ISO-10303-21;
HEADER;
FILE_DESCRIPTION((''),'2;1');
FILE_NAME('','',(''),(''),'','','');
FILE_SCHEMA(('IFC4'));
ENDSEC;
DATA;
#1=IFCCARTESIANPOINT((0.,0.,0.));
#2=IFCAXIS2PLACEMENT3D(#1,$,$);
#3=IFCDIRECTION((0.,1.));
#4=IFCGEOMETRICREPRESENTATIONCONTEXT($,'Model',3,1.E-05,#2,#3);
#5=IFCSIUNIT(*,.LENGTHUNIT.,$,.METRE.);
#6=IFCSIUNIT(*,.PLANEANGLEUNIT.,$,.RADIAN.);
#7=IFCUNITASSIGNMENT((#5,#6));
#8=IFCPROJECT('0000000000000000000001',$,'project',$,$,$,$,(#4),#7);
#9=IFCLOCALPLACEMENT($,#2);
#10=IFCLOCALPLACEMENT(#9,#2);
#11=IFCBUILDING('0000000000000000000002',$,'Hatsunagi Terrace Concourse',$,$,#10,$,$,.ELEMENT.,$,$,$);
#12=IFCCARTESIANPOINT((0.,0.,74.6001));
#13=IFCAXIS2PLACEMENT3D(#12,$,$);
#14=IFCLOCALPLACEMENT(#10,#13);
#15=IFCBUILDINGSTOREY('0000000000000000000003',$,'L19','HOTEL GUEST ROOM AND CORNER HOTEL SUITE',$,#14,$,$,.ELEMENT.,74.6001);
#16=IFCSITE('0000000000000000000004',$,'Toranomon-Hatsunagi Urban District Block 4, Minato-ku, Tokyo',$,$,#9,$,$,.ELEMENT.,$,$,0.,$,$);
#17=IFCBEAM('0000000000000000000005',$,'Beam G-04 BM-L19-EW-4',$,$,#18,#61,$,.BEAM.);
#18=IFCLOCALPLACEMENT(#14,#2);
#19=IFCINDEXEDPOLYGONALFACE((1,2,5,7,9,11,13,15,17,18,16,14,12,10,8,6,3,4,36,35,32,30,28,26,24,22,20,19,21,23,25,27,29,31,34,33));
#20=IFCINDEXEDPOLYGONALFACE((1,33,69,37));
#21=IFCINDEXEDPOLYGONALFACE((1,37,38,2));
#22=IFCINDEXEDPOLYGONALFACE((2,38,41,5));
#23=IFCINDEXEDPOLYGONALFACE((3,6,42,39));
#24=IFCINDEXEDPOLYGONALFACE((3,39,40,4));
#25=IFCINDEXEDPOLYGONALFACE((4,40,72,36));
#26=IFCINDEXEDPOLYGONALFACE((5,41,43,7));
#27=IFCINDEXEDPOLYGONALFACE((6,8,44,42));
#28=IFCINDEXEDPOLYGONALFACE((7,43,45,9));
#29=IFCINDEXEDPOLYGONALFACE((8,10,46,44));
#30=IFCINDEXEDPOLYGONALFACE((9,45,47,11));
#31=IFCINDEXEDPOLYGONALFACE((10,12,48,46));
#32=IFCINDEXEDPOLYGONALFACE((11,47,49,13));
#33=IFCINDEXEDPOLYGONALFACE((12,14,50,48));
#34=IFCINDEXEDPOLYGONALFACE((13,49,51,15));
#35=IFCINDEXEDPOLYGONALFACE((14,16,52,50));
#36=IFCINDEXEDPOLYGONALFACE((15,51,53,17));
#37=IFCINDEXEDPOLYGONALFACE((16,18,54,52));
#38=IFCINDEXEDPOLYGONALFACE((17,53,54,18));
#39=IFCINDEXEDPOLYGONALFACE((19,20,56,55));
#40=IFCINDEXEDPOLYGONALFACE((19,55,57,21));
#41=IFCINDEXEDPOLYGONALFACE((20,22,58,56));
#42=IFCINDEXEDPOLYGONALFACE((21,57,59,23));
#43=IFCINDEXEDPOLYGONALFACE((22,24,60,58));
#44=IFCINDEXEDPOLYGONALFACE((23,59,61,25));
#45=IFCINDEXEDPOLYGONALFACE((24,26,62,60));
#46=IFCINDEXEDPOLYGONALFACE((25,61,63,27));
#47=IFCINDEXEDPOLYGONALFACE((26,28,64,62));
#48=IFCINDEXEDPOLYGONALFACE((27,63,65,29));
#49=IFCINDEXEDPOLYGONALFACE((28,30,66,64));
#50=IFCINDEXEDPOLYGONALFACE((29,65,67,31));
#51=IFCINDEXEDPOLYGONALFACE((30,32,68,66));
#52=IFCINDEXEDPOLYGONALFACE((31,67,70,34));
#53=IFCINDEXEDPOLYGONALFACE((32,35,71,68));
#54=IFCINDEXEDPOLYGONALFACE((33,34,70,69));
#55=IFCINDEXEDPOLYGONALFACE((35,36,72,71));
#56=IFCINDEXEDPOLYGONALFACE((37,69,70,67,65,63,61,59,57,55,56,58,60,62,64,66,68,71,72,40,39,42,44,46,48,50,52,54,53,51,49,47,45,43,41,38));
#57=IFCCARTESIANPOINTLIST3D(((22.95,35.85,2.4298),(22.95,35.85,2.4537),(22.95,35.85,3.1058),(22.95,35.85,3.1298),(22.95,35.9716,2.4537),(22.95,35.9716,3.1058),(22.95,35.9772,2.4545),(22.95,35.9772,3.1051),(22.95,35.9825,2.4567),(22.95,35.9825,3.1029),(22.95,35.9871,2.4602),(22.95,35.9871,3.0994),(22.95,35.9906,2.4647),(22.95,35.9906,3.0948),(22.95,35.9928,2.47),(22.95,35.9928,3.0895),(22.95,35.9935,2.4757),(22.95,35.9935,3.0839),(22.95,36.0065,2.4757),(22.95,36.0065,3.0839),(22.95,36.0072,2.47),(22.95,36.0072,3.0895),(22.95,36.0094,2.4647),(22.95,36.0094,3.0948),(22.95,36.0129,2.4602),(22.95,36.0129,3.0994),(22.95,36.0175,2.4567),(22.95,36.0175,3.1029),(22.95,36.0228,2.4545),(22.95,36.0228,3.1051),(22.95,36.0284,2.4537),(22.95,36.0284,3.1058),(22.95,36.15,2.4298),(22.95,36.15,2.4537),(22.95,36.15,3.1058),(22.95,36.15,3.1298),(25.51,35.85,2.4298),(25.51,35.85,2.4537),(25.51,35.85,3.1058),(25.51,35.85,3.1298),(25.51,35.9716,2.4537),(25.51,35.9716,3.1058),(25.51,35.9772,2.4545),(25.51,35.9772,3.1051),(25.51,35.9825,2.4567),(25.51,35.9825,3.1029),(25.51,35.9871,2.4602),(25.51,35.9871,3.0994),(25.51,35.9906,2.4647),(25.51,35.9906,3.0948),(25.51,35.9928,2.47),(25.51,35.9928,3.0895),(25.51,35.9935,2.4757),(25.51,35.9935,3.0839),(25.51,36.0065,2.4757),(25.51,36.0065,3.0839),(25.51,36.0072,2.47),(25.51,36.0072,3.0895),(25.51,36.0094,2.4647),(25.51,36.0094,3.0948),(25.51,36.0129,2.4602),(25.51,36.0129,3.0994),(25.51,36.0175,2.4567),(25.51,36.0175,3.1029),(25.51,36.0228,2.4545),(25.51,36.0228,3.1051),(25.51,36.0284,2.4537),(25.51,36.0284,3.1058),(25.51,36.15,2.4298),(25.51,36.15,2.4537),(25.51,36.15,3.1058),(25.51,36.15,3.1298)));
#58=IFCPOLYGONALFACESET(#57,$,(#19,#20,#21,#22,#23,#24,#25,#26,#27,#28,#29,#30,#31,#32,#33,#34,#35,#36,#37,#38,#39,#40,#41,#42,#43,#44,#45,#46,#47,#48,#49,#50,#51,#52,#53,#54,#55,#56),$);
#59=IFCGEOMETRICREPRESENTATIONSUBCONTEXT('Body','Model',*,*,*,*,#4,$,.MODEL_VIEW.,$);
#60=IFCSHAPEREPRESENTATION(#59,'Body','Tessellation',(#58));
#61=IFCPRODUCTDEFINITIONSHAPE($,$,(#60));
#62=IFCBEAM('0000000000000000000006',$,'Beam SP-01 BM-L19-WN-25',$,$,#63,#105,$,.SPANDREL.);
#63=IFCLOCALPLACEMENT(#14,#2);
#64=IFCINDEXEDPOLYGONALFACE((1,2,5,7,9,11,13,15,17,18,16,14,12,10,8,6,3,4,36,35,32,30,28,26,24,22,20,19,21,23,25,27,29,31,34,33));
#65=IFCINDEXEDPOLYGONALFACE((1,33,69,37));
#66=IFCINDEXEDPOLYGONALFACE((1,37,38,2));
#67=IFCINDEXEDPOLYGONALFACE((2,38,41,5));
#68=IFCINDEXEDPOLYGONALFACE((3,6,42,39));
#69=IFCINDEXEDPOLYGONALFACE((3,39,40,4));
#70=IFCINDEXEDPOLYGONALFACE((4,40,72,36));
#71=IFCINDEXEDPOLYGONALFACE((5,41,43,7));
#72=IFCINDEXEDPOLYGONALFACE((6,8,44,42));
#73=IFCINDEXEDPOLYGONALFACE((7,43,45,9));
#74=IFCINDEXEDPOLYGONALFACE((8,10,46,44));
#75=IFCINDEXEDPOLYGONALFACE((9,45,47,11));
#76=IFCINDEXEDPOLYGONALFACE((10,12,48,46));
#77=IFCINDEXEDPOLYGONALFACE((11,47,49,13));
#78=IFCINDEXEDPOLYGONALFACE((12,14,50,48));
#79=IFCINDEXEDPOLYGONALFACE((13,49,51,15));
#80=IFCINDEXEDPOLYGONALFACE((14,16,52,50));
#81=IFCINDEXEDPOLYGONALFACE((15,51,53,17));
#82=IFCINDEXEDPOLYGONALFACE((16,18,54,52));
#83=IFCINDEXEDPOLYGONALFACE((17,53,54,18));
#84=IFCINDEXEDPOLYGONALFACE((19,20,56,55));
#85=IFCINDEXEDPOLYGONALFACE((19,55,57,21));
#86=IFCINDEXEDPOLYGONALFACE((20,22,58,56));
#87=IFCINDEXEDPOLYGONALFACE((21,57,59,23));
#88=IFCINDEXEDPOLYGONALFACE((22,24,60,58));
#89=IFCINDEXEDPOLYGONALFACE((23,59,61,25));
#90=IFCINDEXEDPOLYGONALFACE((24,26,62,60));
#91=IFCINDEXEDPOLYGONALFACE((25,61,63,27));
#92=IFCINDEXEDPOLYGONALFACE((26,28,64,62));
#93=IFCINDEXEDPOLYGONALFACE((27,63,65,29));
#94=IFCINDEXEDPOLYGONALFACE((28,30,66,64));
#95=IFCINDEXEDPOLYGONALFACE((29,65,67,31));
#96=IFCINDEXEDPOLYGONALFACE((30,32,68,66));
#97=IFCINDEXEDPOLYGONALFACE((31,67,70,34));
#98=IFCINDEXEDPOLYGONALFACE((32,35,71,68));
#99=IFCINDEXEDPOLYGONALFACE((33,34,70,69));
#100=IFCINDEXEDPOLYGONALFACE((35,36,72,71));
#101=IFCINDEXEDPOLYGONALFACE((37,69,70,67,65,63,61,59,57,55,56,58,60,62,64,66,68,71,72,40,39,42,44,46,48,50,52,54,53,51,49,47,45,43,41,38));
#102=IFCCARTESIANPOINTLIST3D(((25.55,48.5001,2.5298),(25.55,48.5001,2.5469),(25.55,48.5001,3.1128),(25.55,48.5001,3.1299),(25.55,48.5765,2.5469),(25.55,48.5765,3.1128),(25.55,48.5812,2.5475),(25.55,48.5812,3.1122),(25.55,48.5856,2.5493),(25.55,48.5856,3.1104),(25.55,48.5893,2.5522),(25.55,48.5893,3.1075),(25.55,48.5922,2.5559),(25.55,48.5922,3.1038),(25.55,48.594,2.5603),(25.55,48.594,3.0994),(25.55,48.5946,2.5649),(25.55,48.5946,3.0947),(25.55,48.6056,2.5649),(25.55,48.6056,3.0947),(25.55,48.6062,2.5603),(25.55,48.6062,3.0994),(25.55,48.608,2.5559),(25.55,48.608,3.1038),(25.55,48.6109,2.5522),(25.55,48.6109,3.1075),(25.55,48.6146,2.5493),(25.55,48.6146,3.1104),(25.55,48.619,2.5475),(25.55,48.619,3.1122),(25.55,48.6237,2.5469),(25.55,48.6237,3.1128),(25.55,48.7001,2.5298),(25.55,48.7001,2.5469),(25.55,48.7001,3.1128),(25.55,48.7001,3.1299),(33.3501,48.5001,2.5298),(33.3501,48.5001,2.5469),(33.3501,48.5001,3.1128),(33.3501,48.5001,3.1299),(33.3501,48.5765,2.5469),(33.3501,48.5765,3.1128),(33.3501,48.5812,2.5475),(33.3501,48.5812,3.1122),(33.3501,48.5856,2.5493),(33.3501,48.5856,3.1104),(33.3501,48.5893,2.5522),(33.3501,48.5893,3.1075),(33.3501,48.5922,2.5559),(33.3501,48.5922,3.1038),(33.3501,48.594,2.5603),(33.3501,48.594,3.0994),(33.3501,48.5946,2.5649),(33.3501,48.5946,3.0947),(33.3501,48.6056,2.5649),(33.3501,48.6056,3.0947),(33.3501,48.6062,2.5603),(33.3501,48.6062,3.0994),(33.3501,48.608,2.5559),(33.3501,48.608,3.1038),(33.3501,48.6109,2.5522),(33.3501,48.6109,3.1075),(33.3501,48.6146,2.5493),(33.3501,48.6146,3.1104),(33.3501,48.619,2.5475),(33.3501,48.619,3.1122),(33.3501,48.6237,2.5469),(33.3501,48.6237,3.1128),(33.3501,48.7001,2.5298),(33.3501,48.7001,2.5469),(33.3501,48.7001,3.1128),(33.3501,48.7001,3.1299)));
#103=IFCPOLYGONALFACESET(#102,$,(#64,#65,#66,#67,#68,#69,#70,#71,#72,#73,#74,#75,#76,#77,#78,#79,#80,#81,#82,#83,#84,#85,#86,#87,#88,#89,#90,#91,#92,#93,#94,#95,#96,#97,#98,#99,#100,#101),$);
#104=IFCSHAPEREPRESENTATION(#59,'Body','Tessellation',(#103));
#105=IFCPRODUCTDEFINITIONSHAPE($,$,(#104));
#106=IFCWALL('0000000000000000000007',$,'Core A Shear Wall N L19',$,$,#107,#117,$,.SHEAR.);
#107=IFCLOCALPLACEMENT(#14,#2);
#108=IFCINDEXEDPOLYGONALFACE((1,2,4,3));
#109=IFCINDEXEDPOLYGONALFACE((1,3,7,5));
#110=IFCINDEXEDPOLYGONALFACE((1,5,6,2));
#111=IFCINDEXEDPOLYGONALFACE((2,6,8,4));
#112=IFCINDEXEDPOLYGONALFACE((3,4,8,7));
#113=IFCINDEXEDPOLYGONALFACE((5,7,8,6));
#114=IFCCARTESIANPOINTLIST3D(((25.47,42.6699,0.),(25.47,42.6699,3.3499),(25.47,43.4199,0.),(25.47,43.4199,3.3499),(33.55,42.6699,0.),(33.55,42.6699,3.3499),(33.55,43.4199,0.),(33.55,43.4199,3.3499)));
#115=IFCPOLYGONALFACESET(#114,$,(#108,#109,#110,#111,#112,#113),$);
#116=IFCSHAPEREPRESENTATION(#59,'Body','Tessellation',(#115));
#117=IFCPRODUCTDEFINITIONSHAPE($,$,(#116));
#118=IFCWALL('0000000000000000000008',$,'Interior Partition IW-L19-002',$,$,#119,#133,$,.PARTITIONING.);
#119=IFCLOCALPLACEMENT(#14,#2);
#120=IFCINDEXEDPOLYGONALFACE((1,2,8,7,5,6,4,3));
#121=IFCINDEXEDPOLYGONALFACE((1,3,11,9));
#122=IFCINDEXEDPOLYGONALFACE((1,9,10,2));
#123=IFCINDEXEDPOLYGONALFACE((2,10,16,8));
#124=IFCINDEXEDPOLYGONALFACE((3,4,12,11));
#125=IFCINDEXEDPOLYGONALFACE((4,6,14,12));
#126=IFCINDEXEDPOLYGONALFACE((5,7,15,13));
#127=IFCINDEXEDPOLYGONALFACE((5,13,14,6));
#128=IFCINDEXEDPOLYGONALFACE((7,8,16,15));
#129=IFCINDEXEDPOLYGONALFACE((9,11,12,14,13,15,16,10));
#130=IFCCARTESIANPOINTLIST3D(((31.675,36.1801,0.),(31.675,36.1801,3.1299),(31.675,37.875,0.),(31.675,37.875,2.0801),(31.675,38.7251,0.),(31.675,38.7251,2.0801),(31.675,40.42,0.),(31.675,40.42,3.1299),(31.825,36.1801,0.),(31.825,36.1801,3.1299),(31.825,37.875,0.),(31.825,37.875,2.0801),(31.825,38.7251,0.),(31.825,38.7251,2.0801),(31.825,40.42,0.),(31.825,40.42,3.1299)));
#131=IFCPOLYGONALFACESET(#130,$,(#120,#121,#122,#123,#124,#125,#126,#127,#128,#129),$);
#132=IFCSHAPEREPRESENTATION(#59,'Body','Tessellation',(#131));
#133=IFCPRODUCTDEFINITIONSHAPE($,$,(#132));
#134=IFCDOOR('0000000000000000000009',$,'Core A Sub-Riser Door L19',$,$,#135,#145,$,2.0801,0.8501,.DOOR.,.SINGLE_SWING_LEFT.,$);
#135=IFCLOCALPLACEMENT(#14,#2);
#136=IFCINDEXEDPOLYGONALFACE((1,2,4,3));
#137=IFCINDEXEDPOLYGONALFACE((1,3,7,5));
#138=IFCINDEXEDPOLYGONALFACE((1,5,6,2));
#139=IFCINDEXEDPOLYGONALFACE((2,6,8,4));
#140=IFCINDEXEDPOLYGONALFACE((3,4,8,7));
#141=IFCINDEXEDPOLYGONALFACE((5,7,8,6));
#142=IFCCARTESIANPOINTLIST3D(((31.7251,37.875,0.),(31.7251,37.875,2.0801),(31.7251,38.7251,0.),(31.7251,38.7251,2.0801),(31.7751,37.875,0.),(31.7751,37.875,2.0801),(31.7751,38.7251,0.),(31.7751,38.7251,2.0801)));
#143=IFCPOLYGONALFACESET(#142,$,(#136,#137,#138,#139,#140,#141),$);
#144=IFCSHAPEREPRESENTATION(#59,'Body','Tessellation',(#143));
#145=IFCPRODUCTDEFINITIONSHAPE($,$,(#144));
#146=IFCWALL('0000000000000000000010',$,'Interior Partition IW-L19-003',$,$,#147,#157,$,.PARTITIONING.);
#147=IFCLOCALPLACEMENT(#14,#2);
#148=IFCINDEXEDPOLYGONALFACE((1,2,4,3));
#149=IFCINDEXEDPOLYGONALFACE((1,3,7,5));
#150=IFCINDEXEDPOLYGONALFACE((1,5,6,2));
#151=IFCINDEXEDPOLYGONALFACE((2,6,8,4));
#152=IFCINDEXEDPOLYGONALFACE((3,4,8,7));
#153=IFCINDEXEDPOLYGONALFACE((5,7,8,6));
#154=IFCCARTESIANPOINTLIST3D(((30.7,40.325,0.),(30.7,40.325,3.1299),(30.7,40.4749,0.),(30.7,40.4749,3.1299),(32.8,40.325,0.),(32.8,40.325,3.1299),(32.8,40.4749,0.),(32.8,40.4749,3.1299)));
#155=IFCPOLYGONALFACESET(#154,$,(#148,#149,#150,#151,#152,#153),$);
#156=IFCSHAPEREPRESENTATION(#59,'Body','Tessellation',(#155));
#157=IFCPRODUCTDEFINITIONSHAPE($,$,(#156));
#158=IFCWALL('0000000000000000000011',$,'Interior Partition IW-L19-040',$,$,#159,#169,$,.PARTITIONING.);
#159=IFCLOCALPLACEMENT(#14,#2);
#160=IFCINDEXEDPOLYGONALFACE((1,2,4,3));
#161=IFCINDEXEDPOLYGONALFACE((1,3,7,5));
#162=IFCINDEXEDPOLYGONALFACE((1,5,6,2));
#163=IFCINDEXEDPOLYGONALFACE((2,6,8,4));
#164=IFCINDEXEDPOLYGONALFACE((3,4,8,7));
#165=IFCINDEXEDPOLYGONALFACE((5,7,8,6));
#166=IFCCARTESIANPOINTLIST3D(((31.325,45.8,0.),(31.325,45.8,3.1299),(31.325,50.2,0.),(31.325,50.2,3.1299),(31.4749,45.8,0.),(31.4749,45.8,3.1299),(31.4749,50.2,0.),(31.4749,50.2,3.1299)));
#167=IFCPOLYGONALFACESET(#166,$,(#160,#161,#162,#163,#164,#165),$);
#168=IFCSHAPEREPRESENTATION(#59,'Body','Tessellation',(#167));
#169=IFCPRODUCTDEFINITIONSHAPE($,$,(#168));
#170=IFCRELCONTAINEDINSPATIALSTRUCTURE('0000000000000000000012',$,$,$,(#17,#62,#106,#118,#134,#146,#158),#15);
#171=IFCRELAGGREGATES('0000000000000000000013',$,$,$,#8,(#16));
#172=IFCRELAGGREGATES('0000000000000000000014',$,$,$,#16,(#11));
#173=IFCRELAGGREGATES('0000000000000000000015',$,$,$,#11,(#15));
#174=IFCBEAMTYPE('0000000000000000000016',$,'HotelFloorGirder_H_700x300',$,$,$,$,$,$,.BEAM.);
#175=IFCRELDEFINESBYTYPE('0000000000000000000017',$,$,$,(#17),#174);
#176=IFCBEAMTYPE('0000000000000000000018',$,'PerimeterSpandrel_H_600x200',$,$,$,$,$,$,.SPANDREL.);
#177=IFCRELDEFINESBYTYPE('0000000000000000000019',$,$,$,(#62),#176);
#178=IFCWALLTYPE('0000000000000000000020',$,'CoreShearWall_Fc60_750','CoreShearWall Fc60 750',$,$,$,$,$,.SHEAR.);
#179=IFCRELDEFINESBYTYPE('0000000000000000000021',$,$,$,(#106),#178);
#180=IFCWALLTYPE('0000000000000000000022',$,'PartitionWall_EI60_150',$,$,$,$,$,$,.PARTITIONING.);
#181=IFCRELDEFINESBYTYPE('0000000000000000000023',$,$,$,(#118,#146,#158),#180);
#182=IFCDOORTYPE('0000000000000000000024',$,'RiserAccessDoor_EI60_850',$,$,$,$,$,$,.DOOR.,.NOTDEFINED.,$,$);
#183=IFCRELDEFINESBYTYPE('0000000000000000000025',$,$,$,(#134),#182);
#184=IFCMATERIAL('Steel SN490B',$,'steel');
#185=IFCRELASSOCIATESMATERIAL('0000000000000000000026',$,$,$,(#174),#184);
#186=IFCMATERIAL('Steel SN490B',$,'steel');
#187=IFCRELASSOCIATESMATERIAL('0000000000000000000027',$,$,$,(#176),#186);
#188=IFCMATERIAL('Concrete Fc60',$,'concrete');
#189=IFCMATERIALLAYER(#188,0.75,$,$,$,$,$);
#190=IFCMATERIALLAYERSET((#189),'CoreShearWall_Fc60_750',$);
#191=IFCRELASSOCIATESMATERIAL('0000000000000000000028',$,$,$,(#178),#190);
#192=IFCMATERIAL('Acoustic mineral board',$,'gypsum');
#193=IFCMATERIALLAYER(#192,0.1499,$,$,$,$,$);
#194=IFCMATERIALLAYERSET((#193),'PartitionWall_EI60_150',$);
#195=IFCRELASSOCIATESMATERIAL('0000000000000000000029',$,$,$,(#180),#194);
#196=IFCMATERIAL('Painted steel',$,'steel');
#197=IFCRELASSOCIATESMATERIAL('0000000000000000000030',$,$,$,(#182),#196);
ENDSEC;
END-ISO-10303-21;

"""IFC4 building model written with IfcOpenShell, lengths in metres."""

from ifc_helpers import new_model, si_unit, direction, frame, frame_2d, origin, origin_2d, place, context, subcontext, project, spatial, rectangle, i_section, extrude, material, layer, layer_set, material_profile, profile_set, type_object, element, fill, save


model = new_model("IFC4")

# Units and contexts
model_context = context("Model", 3, precision=1e-05, world=origin(), true_north=direction((0.0, 1.0)))
body_context = subcontext(model_context, "Body", "Model", "MODEL_VIEW")
ifc_project = project(units=[si_unit("LENGTHUNIT", "METRE"), si_unit("PLANEANGLEUNIT", "RADIAN")], contexts=[model_context])

# Site, building, storey
site_placement = place(None, origin())
site = spatial("IfcSite", under=ifc_project, at=site_placement, Name="Toranomon-Hatsunagi Urban District Block 4, Minato-ku, Tokyo", CompositionType="ELEMENT", RefElevation=0.0)
building_placement = place(site_placement, origin())
building = spatial("IfcBuilding", under=site, at=building_placement, Name="Hatsunagi Terrace Concourse", CompositionType="ELEMENT")
storey_placement = place(building_placement, frame((0.0, 0.0, 74.6001)))
storey = spatial("IfcBuildingStorey", under=building, at=storey_placement, Name="L19", Description="HOTEL GUEST ROOM AND CORNER HOTEL SUITE", CompositionType="ELEMENT", Elevation=74.6001)

# Beams
ifc_material_1 = material(Name="Steel SN490B", Category="steel")
ifc_material_profile_1 = material_profile(ifc_material_1, i_section(OverallWidth=0.3, OverallDepth=0.7, WebThickness=0.0129, FlangeThickness=0.0239, FilletRadius=0.022, at=origin_2d()), Name="H-700x300x13x24")
ifc_profile_set_1 = profile_set([ifc_material_profile_1], Name="Steel SN490B")
beam_type_1 = type_object("IfcBeamType", Name="HotelFloorGirder_H_700x300", PredefinedType="BEAM", material=ifc_profile_set_1)
beam_1_placement = place(storey_placement, frame((22.95, 36.0, 2.7798), z_axis=(1.0, 0.0, 0.0), x_axis=(0.0, 1.0, 0.0)))
element("IfcBeam", 1, at=beam_1_placement, inside=storey, type_object=beam_type_1, Name="Beam G-04 BM-L19-EW-4", PredefinedType="BEAM", context=body_context, shape_type="SweptSolid", body=[
    extrude(i_section(OverallWidth=0.3, OverallDepth=0.7, WebThickness=0.0129, FlangeThickness=0.0239, FilletRadius=0.022, at=origin_2d()), origin(), (0.0, 0.0, 1.0), 2.5601),
])
ifc_material_2 = material(Name="Steel SN490B", Category="steel")
ifc_material_profile_2 = material_profile(ifc_material_2, i_section(OverallWidth=0.2, OverallDepth=0.6001, WebThickness=0.011, FlangeThickness=0.0171, FilletRadius=0.0181, at=origin_2d()), Name="H-600x200x11x17")
ifc_profile_set_2 = profile_set([ifc_material_profile_2], Name="Steel SN490B")
beam_type_2 = type_object("IfcBeamType", Name="PerimeterSpandrel_H_600x200", PredefinedType="SPANDREL", material=ifc_profile_set_2)
beam_2_placement = place(storey_placement, frame((25.55, 48.6001, 2.8298), z_axis=(1.0, 0.0, 0.0), x_axis=(0.0, 1.0, 0.0)))
element("IfcBeam", 2, at=beam_2_placement, inside=storey, type_object=beam_type_2, Name="Beam SP-01 BM-L19-WN-25", PredefinedType="SPANDREL", context=body_context, shape_type="SweptSolid", body=[
    extrude(i_section(OverallWidth=0.2, OverallDepth=0.6001, WebThickness=0.011, FlangeThickness=0.0171, FilletRadius=0.0181, at=origin_2d()), origin(), (0.0, 0.0, 1.0), 7.8),
])

# Wall
ifc_material_3 = material(Name="Concrete Fc60", Category="concrete")
ifc_layer_1 = layer(ifc_material_3, 0.75)
ifc_layer_set_1 = layer_set([ifc_layer_1], Name="CoreShearWall_Fc60_750")
wall_type_1 = type_object("IfcWallType", Name="CoreShearWall_Fc60_750", Description="CoreShearWall Fc60 750", PredefinedType="SHEAR", material=ifc_layer_set_1)
wall_1_placement = place(storey_placement, frame((25.47, 43.0449, 0.0), z_axis=(0.0, 0.0, 1.0), x_axis=(1.0, 0.0, 0.0)))
element("IfcWall", 3, at=wall_1_placement, inside=storey, type_object=wall_type_1, Name="Core A Shear Wall N L19", PredefinedType="SHEAR", context=body_context, shape_type="SweptSolid", body=[
    extrude(rectangle(XDim=8.0801, YDim=0.75, at=frame_2d((4.04, 0.0))), origin(), (0.0, 0.0, 1.0), 3.3499),
])

# Wall, opening, door
ifc_material_4 = material(Name="Acoustic mineral board", Category="gypsum")
ifc_layer_2 = layer(ifc_material_4, 0.1499)
ifc_layer_set_2 = layer_set([ifc_layer_2], Name="PartitionWall_EI60_150")
wall_type_2 = type_object("IfcWallType", Name="PartitionWall_EI60_150", PredefinedType="PARTITIONING", material=ifc_layer_set_2)
wall_2_placement = place(storey_placement, frame((31.75, 36.1799, 0.0), z_axis=(0.0, 0.0, 1.0), x_axis=(0.0, 1.0, 0.0)))
wall_2 = element("IfcWall", 4, at=wall_2_placement, inside=storey, type_object=wall_type_2, Name="Interior Partition IW-L19-002", PredefinedType="PARTITIONING", context=body_context, shape_type="SweptSolid", body=[
    extrude(rectangle(XDim=4.24, YDim=0.1499, at=frame_2d((2.1201, 0.0))), origin(), (0.0, 0.0, 1.0), 3.1299),
])
opening_1_placement = place(wall_2_placement, frame((1.6951, 0.0, 0.0)))
opening_1 = element("IfcOpeningElement", 5, at=opening_1_placement, cuts=wall_2, PredefinedType="OPENING", context=body_context, shape_type="SweptSolid", body=[
    extrude(rectangle(XDim=0.8501, YDim=2.0801, at=frame_2d((0.425, 1.04))), frame((0.0, 0.085, 0.0), z_axis=(0.0, -1.0, 0.0), x_axis=(1.0, 0.0, 0.0)), (0.0, 0.0, 1.0), 0.1699),
])
ifc_material_5 = material(Name="Painted steel", Category="steel")
door_type_1 = type_object("IfcDoorType", Name="RiserAccessDoor_EI60_850", OperationType="NOTDEFINED", PredefinedType="DOOR", material=ifc_material_5)
door_1_placement = place(opening_1_placement, origin())
door_1 = element("IfcDoor", 6, at=door_1_placement, inside=storey, type_object=door_type_1, Name="Core A Sub-Riser Door L19", OperationType="SINGLE_SWING_LEFT", OverallHeight=2.0801, OverallWidth=0.8501, PredefinedType="DOOR", context=body_context, shape_type="SweptSolid", body=[
    extrude(rectangle(XDim=0.8501, YDim=2.0801, at=frame_2d((0.425, 1.04))), frame((0.0, 0.0249, 0.0), z_axis=(0.0, -1.0, 0.0), x_axis=(1.0, 0.0, 0.0)), (0.0, 0.0, 1.0), 0.05),
])
fill(opening_1, door_1)

# Walls
wall_3_placement = place(storey_placement, frame((30.7, 40.3999, 0.0), z_axis=(0.0, 0.0, 1.0), x_axis=(1.0, 0.0, 0.0)))
element("IfcWall", 7, at=wall_3_placement, inside=storey, type_object=wall_type_2, Name="Interior Partition IW-L19-003", PredefinedType="PARTITIONING", context=body_context, shape_type="SweptSolid", body=[
    extrude(rectangle(XDim=2.1001, YDim=0.1499, at=frame_2d((1.05, 0.0))), origin(), (0.0, 0.0, 1.0), 3.1299),
])
wall_4_placement = place(storey_placement, frame((31.3999, 45.8, 0.0), z_axis=(0.0, 0.0, 1.0), x_axis=(0.0, 1.0, 0.0)))
element("IfcWall", 8, at=wall_4_placement, inside=storey, type_object=wall_type_2, Name="Interior Partition IW-L19-040", PredefinedType="PARTITIONING", context=body_context, shape_type="SweptSolid", body=[
    extrude(rectangle(XDim=4.3999, YDim=0.1499, at=frame_2d((2.2, 0.0))), origin(), (0.0, 0.0, 1.0), 3.1299),
])

save(model, "model.ifc")
